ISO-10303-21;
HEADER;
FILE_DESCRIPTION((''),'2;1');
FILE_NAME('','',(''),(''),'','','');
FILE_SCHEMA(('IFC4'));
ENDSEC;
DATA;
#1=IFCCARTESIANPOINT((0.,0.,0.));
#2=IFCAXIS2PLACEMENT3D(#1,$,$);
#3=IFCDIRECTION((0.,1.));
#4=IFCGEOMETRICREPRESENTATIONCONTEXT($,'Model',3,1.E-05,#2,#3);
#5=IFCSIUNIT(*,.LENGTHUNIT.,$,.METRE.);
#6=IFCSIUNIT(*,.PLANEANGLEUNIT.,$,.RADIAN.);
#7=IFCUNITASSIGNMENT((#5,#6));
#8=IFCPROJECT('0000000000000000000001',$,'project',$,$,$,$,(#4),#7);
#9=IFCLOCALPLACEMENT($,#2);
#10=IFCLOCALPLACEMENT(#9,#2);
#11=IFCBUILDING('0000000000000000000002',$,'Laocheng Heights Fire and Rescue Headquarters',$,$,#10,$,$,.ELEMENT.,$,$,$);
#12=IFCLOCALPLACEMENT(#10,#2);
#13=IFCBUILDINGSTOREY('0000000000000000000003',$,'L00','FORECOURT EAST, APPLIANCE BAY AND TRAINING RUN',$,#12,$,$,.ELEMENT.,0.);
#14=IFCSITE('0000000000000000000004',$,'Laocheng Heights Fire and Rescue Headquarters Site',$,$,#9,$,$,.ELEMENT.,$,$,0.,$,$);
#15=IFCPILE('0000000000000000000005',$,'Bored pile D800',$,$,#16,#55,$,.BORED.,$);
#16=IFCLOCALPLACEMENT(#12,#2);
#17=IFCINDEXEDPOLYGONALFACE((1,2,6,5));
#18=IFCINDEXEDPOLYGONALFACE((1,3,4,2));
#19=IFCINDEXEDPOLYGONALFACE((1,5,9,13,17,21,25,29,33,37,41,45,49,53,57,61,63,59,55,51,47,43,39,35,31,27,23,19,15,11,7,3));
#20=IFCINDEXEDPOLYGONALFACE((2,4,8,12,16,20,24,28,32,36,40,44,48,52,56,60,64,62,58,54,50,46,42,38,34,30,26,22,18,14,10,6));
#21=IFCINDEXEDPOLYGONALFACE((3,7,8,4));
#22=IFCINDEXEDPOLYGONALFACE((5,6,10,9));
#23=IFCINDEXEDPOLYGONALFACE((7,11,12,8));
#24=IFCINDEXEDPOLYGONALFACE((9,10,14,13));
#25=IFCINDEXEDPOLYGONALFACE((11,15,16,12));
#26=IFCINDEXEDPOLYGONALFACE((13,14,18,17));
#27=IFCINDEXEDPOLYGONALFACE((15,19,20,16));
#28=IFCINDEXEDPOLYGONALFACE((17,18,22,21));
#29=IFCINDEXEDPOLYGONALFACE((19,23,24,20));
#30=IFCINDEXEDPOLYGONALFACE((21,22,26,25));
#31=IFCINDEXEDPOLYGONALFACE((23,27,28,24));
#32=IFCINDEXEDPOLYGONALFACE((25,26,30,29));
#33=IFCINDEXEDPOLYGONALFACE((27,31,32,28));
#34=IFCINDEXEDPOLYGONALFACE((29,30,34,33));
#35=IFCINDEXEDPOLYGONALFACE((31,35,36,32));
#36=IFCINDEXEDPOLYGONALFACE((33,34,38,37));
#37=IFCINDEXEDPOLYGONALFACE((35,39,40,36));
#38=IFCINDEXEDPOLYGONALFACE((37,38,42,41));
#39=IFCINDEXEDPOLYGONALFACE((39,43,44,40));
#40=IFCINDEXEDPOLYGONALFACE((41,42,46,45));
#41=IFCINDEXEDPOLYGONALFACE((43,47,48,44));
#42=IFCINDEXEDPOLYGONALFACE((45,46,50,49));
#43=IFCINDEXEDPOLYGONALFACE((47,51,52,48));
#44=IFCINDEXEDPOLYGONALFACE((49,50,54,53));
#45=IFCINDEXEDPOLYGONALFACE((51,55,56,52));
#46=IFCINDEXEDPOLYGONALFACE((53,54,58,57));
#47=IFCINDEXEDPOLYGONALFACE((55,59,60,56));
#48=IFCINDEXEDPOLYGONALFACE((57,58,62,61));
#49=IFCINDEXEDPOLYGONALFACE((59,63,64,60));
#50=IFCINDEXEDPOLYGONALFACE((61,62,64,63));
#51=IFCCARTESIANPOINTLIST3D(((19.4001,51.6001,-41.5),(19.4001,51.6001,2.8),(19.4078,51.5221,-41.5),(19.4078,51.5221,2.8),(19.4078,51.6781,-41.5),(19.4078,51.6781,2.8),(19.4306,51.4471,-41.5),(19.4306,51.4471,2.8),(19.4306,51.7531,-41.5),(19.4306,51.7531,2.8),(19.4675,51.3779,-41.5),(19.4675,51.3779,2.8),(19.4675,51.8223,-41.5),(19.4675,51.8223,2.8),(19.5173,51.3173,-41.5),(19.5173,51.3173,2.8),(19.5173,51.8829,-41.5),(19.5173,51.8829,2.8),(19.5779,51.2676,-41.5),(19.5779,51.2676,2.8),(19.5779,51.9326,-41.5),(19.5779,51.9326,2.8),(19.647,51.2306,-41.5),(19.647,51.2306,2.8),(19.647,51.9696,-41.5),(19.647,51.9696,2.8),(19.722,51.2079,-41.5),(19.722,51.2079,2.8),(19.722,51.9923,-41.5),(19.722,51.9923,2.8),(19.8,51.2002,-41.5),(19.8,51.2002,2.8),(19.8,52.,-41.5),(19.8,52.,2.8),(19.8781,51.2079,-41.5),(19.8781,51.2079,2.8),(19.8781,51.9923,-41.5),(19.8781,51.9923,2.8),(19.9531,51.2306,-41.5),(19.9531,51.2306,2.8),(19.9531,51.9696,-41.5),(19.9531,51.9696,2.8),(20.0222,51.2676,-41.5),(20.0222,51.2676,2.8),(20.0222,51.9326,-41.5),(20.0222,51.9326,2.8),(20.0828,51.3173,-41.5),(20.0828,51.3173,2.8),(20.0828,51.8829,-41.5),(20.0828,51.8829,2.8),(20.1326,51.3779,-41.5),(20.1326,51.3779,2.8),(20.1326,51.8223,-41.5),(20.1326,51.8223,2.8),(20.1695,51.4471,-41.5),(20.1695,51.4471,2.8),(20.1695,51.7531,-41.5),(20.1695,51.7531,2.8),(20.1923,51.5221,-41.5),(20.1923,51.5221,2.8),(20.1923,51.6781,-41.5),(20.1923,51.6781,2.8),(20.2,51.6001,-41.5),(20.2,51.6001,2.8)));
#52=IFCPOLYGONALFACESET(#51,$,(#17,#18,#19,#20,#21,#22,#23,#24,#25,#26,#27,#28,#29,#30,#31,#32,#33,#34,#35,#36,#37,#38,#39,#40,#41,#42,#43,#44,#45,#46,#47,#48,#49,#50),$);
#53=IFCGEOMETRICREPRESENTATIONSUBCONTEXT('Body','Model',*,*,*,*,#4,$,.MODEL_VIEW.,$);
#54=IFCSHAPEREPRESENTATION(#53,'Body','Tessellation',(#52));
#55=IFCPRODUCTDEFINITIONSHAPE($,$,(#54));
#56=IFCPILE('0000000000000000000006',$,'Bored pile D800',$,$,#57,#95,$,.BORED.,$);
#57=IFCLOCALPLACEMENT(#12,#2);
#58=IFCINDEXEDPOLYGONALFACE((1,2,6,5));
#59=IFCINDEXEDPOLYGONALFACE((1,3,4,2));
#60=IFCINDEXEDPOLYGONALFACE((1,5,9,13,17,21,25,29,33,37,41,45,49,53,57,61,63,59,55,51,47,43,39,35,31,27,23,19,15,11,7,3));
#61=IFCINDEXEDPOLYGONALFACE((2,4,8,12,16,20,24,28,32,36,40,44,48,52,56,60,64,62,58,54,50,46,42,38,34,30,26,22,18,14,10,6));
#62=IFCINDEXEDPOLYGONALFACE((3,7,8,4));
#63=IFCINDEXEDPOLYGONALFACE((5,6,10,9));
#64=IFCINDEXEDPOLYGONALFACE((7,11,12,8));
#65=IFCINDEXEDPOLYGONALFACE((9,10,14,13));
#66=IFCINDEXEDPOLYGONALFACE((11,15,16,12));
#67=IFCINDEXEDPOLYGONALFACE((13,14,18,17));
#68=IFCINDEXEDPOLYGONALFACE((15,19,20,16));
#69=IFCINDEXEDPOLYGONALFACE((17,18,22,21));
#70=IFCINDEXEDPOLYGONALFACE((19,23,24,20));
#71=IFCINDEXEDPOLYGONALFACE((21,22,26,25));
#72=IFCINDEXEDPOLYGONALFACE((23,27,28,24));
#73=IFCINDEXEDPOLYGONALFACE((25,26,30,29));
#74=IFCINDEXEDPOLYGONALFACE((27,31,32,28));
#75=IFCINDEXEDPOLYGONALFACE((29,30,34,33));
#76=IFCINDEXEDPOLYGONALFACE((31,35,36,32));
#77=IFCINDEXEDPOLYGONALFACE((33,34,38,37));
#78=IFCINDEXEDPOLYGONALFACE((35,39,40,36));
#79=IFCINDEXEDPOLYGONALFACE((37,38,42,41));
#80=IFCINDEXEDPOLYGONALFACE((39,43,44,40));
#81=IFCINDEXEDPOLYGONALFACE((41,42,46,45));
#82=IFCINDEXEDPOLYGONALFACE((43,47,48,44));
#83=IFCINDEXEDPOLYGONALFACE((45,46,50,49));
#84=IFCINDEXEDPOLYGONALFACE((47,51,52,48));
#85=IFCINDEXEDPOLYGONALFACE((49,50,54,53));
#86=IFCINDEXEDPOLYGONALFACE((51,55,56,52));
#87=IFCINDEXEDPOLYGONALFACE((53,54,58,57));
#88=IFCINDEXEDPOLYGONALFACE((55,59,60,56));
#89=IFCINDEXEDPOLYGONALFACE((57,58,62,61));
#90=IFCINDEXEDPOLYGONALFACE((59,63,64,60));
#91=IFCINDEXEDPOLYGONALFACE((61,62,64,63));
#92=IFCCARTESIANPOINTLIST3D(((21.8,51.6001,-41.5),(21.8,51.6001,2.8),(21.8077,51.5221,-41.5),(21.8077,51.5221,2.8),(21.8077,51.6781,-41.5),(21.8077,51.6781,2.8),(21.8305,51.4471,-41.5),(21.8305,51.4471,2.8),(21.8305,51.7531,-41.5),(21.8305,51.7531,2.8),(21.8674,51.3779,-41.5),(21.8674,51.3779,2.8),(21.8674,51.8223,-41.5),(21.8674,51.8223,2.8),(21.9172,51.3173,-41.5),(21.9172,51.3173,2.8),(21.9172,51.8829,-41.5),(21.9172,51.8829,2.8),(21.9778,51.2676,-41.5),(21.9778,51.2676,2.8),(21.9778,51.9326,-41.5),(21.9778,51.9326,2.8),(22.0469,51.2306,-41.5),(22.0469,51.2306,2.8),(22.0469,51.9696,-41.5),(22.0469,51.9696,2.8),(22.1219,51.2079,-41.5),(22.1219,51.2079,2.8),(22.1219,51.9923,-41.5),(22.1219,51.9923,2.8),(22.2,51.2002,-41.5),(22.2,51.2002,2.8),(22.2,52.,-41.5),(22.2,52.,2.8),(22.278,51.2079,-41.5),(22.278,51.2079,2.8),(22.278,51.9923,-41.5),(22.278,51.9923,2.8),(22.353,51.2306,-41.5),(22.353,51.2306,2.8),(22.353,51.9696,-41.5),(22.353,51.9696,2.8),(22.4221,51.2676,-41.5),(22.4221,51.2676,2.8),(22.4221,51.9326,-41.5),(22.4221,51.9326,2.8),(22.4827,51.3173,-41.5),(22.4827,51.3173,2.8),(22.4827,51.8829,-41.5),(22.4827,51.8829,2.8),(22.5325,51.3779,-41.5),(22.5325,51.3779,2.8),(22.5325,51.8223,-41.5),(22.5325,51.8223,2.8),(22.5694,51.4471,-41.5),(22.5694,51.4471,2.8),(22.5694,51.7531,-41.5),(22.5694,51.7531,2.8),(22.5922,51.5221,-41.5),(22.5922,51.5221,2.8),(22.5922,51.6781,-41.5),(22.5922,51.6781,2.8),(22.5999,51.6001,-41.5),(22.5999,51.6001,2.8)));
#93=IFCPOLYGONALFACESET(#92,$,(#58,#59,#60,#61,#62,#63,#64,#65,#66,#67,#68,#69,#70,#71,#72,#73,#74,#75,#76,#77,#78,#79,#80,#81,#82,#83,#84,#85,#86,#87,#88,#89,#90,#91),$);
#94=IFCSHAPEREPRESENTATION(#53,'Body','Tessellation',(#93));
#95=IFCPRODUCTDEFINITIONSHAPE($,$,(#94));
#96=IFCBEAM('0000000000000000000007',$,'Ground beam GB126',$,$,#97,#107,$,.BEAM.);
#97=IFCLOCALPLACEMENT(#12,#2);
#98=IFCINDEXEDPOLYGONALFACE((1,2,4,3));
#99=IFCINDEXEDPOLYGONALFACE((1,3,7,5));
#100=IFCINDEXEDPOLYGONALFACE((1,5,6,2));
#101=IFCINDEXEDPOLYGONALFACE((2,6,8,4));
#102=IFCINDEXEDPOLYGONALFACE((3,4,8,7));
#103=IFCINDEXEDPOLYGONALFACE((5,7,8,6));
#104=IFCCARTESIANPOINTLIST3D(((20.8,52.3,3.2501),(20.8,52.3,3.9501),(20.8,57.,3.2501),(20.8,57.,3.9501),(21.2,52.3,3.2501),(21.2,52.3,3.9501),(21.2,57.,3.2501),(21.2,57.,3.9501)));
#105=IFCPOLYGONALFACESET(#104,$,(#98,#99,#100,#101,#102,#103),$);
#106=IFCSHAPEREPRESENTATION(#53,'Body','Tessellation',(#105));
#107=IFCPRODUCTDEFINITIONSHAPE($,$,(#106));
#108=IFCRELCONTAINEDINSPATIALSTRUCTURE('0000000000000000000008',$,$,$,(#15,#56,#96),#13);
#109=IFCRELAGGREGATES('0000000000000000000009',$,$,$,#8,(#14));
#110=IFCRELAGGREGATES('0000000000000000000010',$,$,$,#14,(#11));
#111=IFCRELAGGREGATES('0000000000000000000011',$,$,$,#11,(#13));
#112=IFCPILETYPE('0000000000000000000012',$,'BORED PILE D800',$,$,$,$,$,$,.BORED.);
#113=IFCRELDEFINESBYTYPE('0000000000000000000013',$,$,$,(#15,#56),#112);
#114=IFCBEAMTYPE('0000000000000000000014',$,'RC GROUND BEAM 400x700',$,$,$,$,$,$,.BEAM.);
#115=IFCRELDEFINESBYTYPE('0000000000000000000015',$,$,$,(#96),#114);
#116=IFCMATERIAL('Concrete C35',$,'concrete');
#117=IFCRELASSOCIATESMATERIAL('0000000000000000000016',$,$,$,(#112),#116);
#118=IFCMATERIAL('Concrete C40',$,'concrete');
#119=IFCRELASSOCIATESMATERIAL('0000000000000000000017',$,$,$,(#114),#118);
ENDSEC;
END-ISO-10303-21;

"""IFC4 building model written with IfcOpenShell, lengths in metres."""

from ifc_helpers import new_model, si_unit, direction, frame, origin, origin_2d, place, context, subcontext, project, spatial, rectangle, circle, extrude, material, material_profile, profile_set, type_object, element, save


model = new_model("IFC4")

# Units and contexts
model_context = context("Model", 3, precision=1e-05, world=origin(), true_north=direction((0.0, 1.0)))
body_context = subcontext(model_context, "Body", "Model", "MODEL_VIEW")
ifc_project = project(units=[si_unit("LENGTHUNIT", "METRE"), si_unit("PLANEANGLEUNIT", "RADIAN")], contexts=[model_context])

# Site, building, storey
site_placement = place(None, origin())
site = spatial("IfcSite", under=ifc_project, at=site_placement, Name="Laocheng Heights Fire and Rescue Headquarters Site", CompositionType="ELEMENT", RefElevation=0.0)
building_placement = place(site_placement, origin())
building = spatial("IfcBuilding", under=site, at=building_placement, Name="Laocheng Heights Fire and Rescue Headquarters", CompositionType="ELEMENT")
storey_placement = place(building_placement, origin())
storey = spatial("IfcBuildingStorey", under=building, at=storey_placement, Name="L00", Description="FORECOURT EAST, APPLIANCE BAY AND TRAINING RUN", CompositionType="ELEMENT", Elevation=0.0)

# Piles
ifc_material_1 = material(Name="Concrete C35", Category="concrete")
ifc_material_profile_1 = material_profile(ifc_material_1, circle(Radius=0.3999, at=origin_2d()), Name="BORED PILE D800")
ifc_profile_set_1 = profile_set([ifc_material_profile_1], Name="Concrete C35")
pile_type_1 = type_object("IfcPileType", Name="BORED PILE D800", PredefinedType="BORED", material=ifc_profile_set_1)
for number, where, z_axis, x_axis, name in (
    (1, (19.8, 51.6001, 2.8), (0.0, 0.0, -1.0), (1.0, 0.0, 0.0), "Bored pile D800"),
    (2, (22.2, 51.6001, 2.8), (0.0, 0.0, -1.0), (1.0, 0.0, 0.0), "Bored pile D800"),
):
    element("IfcPile", number, at=place(storey_placement, frame(where, z_axis=z_axis, x_axis=x_axis)), inside=storey, type_object=pile_type_1, Name=name, PredefinedType="BORED", context=body_context, shape_type="SweptSolid", body=[
        extrude(circle(Radius=0.3999, at=origin_2d()), origin(), (0.0, 0.0, 1.0), 44.3),
    ])

# Beam
ifc_material_2 = material(Name="Concrete C40", Category="concrete")
ifc_material_profile_2 = material_profile(ifc_material_2, rectangle(XDim=0.3999, YDim=0.7, at=origin_2d()), Name="RC GROUND BEAM 400x700")
ifc_profile_set_2 = profile_set([ifc_material_profile_2], Name="Concrete C40")
beam_type = type_object("IfcBeamType", Name="RC GROUND BEAM 400x700", PredefinedType="BEAM", material=ifc_profile_set_2)
beam_placement = place(storey_placement, frame((21.0, 52.3, 3.6001), z_axis=(0.0, 1.0, 0.0), x_axis=(-1.0, 0.0, 0.0)))
element("IfcBeam", 3, at=beam_placement, inside=storey, type_object=beam_type, Name="Ground beam GB126", PredefinedType="BEAM", context=body_context, shape_type="SweptSolid", body=[
    extrude(rectangle(XDim=0.3999, YDim=0.7, at=origin_2d()), origin(), (0.0, 0.0, 1.0), 4.7),
])

save(model, "model.ifc")
